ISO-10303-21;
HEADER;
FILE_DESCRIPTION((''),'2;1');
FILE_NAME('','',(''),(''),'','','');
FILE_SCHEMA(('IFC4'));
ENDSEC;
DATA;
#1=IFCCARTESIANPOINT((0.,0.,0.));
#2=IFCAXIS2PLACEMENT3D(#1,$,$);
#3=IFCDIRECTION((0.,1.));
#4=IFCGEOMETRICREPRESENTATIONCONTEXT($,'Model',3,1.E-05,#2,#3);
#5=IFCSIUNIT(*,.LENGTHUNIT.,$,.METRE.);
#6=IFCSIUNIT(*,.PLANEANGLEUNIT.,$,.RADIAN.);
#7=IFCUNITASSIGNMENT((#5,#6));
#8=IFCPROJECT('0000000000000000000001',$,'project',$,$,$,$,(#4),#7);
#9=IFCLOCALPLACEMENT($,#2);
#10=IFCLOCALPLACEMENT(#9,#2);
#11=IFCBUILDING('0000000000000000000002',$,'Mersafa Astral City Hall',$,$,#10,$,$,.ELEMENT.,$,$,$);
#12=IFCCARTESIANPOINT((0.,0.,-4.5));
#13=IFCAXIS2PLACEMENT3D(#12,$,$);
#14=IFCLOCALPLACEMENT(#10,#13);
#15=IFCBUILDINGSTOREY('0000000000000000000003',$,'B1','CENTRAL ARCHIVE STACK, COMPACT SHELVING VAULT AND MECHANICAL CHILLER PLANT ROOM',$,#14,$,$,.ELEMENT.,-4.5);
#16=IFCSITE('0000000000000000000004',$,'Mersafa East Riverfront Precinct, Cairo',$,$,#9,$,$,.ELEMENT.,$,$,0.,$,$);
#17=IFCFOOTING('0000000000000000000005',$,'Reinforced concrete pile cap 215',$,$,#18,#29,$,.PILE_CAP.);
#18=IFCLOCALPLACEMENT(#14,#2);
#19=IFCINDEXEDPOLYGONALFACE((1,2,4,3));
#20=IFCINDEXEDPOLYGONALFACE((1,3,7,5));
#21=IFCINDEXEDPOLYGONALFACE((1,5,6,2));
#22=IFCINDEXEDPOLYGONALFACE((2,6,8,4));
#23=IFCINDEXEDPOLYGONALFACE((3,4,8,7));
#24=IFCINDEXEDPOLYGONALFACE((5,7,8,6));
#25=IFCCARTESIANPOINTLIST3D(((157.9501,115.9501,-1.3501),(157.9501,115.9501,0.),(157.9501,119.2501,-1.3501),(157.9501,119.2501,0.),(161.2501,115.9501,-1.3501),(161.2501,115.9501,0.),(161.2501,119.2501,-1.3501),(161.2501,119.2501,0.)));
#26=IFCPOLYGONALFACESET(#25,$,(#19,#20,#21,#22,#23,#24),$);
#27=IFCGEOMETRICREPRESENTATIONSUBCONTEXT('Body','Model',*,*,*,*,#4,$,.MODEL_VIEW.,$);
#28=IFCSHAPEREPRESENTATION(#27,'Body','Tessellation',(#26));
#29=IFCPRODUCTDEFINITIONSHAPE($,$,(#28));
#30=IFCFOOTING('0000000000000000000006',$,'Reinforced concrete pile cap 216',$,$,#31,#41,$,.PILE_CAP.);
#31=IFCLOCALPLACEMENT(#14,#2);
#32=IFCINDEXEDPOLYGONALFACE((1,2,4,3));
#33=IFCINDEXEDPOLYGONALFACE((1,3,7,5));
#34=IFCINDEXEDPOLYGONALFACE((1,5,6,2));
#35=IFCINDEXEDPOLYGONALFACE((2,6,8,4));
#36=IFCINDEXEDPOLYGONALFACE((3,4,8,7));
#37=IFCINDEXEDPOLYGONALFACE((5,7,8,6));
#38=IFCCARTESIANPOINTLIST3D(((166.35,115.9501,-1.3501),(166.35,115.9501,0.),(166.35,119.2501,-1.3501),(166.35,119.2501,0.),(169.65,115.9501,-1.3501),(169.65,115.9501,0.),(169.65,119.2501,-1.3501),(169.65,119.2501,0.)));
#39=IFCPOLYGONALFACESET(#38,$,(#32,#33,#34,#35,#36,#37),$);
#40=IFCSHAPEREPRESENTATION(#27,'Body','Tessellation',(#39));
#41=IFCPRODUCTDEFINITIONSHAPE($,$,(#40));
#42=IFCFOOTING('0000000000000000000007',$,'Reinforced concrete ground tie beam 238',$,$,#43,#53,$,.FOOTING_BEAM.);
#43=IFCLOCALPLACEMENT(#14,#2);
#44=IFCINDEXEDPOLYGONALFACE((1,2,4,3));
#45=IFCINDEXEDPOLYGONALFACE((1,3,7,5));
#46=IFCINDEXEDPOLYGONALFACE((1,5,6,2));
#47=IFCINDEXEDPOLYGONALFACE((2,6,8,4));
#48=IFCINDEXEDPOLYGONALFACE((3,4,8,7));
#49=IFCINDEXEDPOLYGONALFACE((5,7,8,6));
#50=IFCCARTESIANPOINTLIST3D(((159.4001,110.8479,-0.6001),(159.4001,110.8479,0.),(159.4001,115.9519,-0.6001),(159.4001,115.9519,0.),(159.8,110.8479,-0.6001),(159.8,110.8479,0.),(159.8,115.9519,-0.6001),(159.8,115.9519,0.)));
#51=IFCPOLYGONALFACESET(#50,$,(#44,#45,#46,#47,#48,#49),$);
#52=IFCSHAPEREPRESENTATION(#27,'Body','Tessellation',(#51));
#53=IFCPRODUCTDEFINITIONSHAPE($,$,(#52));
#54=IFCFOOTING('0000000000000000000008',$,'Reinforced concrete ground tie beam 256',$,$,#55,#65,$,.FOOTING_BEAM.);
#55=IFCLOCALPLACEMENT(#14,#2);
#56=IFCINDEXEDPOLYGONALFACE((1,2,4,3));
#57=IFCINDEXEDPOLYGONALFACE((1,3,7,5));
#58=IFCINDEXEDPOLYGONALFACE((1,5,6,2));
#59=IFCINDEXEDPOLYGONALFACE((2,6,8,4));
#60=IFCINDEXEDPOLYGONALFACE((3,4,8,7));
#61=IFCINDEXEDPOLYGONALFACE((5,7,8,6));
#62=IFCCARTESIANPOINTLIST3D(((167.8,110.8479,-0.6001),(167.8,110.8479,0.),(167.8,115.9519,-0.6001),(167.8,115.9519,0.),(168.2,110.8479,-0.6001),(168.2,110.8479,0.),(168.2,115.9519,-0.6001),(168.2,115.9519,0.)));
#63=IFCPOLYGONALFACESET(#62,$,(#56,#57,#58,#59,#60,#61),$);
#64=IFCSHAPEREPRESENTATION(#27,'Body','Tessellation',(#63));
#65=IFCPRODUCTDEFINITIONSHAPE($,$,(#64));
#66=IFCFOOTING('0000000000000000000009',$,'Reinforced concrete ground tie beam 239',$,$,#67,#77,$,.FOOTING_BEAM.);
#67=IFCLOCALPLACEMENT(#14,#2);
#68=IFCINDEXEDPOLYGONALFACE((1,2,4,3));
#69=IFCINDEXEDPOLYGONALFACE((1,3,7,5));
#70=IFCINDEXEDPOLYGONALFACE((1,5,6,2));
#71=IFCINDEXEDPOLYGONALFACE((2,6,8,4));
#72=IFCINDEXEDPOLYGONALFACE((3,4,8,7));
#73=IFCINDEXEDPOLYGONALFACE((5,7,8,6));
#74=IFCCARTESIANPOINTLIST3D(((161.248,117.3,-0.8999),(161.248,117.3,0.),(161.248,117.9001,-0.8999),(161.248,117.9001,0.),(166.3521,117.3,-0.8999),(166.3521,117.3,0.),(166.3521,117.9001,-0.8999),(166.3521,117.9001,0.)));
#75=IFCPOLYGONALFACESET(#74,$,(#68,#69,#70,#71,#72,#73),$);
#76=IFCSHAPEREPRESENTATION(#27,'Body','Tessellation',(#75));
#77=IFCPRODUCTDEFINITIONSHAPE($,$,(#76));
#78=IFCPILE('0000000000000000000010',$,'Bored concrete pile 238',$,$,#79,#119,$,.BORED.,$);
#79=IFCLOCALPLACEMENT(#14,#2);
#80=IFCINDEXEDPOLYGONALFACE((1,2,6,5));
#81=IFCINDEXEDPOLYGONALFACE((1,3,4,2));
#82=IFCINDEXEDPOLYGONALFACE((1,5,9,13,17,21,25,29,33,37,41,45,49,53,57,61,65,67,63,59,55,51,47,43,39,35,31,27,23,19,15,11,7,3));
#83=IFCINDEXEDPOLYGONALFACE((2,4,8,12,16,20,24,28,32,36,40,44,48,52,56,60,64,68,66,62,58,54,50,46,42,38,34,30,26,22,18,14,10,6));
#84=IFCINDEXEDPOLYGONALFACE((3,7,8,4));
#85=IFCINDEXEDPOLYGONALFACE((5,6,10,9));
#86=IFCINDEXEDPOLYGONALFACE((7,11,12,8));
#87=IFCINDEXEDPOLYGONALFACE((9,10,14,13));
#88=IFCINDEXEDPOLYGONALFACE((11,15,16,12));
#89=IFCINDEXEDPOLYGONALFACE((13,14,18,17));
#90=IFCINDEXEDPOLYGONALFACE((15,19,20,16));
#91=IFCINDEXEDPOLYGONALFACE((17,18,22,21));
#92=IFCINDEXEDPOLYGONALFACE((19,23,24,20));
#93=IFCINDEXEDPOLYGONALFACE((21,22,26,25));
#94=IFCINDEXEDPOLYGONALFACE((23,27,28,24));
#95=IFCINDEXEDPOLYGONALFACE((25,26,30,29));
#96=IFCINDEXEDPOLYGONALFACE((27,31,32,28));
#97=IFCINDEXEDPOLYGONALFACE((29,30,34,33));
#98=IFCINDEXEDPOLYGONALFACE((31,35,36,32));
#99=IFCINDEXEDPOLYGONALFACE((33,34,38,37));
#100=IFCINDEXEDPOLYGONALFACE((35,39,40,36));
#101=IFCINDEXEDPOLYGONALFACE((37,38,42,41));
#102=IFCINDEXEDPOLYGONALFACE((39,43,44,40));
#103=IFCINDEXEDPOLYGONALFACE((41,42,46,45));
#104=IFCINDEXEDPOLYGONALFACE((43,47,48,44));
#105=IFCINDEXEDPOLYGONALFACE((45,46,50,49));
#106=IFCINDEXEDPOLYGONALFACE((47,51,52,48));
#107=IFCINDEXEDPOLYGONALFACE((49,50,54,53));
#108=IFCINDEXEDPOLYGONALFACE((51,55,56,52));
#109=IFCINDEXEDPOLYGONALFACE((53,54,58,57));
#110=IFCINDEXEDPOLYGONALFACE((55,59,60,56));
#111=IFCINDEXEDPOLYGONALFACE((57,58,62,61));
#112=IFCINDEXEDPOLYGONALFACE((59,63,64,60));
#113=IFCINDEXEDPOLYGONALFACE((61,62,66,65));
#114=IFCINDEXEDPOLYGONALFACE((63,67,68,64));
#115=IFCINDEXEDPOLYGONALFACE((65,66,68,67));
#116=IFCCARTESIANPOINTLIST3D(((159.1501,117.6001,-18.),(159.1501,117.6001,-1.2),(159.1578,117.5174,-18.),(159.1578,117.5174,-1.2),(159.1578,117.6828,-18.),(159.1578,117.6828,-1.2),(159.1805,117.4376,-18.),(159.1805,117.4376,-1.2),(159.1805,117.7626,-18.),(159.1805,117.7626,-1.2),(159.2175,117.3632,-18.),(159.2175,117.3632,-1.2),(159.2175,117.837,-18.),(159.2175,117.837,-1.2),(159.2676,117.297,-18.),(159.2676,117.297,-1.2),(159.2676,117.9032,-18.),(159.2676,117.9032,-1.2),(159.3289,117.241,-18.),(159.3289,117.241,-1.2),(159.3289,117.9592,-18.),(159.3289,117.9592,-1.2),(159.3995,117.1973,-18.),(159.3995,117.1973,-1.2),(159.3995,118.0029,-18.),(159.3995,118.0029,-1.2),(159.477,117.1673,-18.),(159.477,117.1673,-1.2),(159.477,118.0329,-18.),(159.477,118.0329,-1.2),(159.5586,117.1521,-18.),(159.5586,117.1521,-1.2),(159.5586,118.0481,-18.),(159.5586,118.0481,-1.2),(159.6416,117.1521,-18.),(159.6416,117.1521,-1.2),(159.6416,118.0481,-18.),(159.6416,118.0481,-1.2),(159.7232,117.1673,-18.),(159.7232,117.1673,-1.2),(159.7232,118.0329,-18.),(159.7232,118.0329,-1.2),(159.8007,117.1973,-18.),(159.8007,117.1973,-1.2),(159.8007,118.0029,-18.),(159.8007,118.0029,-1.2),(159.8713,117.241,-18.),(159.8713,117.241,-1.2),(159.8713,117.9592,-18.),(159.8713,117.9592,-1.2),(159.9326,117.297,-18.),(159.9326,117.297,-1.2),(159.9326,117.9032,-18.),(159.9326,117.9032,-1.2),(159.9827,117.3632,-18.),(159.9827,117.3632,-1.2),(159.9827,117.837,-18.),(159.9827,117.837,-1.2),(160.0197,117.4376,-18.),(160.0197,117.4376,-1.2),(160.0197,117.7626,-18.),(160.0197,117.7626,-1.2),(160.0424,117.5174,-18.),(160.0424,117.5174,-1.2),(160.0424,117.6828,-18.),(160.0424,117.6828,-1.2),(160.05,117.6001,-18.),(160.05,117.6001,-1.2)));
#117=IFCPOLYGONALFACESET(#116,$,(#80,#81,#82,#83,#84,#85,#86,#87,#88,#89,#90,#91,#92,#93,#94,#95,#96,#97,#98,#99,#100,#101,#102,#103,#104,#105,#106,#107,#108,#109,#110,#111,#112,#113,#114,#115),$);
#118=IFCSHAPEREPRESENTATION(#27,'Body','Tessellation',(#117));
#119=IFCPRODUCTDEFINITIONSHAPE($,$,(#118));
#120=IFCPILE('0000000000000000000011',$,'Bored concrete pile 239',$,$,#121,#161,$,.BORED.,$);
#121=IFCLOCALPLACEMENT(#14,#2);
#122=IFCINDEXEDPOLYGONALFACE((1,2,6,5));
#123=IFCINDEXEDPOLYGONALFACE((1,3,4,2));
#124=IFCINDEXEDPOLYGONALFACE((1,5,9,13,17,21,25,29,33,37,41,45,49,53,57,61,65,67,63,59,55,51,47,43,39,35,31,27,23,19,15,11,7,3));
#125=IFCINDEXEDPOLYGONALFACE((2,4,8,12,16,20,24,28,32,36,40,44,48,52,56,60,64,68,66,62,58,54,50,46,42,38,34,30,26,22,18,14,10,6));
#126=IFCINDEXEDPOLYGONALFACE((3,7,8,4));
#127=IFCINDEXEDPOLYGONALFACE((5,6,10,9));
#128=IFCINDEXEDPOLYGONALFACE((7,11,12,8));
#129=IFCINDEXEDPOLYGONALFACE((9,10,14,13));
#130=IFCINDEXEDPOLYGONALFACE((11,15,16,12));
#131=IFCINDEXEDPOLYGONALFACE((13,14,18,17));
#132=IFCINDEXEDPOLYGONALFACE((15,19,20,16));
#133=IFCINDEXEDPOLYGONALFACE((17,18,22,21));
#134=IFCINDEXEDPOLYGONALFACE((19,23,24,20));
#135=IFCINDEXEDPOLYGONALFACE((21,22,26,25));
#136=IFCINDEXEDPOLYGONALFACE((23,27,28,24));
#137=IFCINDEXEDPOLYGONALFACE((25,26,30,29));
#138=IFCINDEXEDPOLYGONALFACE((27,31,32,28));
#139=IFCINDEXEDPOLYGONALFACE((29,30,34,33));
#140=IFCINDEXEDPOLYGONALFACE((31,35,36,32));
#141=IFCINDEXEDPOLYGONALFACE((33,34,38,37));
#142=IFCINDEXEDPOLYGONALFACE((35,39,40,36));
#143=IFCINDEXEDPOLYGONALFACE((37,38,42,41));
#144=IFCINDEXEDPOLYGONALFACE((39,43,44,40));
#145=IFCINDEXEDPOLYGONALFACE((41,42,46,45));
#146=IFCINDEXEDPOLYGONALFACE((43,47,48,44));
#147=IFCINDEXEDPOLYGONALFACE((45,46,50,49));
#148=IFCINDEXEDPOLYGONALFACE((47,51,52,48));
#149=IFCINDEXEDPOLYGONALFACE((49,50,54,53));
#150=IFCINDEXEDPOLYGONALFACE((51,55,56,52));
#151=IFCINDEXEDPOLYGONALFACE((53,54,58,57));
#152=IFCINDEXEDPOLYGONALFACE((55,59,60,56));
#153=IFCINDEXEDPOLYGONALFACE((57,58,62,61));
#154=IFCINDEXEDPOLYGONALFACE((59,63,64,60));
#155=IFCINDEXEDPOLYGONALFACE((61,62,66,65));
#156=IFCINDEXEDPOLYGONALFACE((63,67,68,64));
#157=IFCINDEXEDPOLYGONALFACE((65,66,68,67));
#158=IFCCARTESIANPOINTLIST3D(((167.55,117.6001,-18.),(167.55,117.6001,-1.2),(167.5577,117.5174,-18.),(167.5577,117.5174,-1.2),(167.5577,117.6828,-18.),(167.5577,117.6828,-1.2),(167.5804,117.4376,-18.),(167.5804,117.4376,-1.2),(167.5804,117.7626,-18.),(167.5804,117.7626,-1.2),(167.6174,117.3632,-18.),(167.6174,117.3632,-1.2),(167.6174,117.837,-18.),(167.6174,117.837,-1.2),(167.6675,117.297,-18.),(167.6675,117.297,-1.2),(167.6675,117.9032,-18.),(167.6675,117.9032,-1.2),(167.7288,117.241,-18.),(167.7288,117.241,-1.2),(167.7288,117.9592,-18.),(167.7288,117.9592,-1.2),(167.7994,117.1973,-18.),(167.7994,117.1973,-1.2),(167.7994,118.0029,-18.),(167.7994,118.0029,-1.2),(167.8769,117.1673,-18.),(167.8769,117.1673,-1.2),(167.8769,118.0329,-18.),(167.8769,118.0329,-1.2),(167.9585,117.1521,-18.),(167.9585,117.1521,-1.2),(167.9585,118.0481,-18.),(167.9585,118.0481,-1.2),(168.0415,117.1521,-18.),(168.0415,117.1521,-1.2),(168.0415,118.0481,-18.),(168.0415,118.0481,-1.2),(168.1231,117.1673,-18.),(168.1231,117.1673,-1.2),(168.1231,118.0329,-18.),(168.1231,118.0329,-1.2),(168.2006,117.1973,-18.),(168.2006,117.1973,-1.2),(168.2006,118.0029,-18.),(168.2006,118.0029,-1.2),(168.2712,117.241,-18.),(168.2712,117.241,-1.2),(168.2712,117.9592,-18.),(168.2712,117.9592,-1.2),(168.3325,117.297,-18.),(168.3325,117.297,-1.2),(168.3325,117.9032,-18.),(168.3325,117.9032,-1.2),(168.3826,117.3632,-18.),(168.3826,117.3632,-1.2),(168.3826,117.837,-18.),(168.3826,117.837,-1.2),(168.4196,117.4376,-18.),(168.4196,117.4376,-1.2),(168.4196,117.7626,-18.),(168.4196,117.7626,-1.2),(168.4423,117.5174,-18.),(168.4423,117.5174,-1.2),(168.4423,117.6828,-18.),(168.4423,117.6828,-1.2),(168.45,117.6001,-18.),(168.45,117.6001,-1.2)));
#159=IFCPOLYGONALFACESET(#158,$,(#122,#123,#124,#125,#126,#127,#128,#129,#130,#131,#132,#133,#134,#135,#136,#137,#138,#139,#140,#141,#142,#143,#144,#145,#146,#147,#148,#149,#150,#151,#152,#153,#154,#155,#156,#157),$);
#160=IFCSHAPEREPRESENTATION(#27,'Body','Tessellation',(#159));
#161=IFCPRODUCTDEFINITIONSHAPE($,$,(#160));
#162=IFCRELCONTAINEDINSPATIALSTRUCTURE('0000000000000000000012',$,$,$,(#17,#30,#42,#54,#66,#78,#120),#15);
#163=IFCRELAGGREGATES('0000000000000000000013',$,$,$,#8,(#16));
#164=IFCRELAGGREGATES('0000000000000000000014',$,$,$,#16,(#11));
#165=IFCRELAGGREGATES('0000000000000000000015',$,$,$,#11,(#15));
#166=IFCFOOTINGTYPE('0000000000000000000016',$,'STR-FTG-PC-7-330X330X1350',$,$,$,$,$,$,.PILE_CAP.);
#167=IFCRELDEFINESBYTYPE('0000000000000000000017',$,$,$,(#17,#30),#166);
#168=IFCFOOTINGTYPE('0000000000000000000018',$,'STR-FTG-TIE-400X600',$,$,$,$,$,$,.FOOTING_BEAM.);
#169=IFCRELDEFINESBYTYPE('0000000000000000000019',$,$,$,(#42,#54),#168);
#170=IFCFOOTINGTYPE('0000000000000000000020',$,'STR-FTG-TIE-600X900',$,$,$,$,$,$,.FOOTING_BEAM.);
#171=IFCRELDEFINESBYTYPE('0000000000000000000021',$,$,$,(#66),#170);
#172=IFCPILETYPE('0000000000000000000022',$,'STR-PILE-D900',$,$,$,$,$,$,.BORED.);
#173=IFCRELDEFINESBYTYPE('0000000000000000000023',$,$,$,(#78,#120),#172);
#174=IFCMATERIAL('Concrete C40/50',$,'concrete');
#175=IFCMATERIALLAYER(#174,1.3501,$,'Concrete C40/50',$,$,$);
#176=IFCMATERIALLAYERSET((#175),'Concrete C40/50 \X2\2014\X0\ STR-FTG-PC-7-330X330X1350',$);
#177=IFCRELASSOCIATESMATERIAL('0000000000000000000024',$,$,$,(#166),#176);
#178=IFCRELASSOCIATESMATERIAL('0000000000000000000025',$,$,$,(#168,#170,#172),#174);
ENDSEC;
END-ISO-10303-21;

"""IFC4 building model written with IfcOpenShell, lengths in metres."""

from ifc_helpers import new_model, si_unit, direction, frame, origin, origin_2d, place, context, subcontext, project, spatial, rectangle, circle, extrude, material, layer, layer_set, material_profile, profile_set, type_object, element, save


model = new_model("IFC4")

# Units and contexts
model_context = context("Model", 3, precision=1e-05, world=origin(), true_north=direction((0.0, 1.0)))
body_context = subcontext(model_context, "Body", "Model", "MODEL_VIEW")
ifc_project = project(units=[si_unit("LENGTHUNIT", "METRE"), si_unit("PLANEANGLEUNIT", "RADIAN")], contexts=[model_context])

# Site, building, storey
site_placement = place(None, origin())
site = spatial("IfcSite", under=ifc_project, at=site_placement, Name="Mersafa East Riverfront Precinct, Cairo", CompositionType="ELEMENT", RefElevation=0.0)
building_placement = place(site_placement, origin())
building = spatial("IfcBuilding", under=site, at=building_placement, Name="Mersafa Astral City Hall", CompositionType="ELEMENT")
storey_placement = place(building_placement, frame((0.0, 0.0, -4.5)))
storey = spatial("IfcBuildingStorey", under=building, at=storey_placement, Name="B1", Description="CENTRAL ARCHIVE STACK, COMPACT SHELVING VAULT AND MECHANICAL CHILLER PLANT ROOM", CompositionType="ELEMENT", Elevation=-4.5)

# Footings
ifc_material_1 = material(Name="Concrete C40/50", Category="concrete")
ifc_layer_1 = layer(ifc_material_1, 1.3501, Name="Concrete C40/50")
ifc_layer_set_1 = layer_set([ifc_layer_1], Name="Concrete C40/50 — STR-FTG-PC-7-330X330X1350")
footing_type_1 = type_object("IfcFootingType", Name="STR-FTG-PC-7-330X330X1350", PredefinedType="PILE_CAP", material=ifc_layer_set_1)
for number, where, z_axis, x_axis, name in (
    (1, (159.6001, 117.6001, -1.3501), (0.0, 0.0, 1.0), (1.0, 0.0, 0.0), "Reinforced concrete pile cap 215"),
    (2, (168.0, 117.6001, -1.3501), (0.0, 0.0, 1.0), (1.0, 0.0, 0.0), "Reinforced concrete pile cap 216"),
):
    element("IfcFooting", number, at=place(storey_placement, frame(where, z_axis=z_axis, x_axis=x_axis)), inside=storey, type_object=footing_type_1, Name=name, PredefinedType="PILE_CAP", context=body_context, shape_type="SweptSolid", body=[
        extrude(rectangle(XDim=3.3, YDim=3.3, at=origin_2d()), origin(), (0.0, 0.0, 1.0), 1.3501),
    ])
ifc_material_profile_1 = material_profile(ifc_material_1, rectangle(XDim=0.3999, YDim=0.6001, at=origin_2d()), Name="RC 400x600")
ifc_profile_set_1 = profile_set([ifc_material_profile_1], Name="Concrete C40/50")
footing_type_2 = type_object("IfcFootingType", Name="STR-FTG-TIE-400X600", PredefinedType="FOOTING_BEAM", material=ifc_profile_set_1)
for number, where, z_axis, x_axis, name in (
    (3, (159.6001, 110.8479, -0.3), (0.0, 1.0, 0.0), (-1.0, 0.0, 0.0), "Reinforced concrete ground tie beam 238"),
    (4, (168.0, 110.8479, -0.3), (0.0, 1.0, 0.0), (-1.0, 0.0, 0.0), "Reinforced concrete ground tie beam 256"),
):
    element("IfcFooting", number, at=place(storey_placement, frame(where, z_axis=z_axis, x_axis=x_axis)), inside=storey, type_object=footing_type_2, Name=name, PredefinedType="FOOTING_BEAM", context=body_context, shape_type="SweptSolid", body=[
        extrude(rectangle(XDim=0.3999, YDim=0.6001, at=origin_2d()), origin(), (0.0, 0.0, 1.0), 5.104),
    ])
ifc_material_profile_2 = material_profile(ifc_material_1, rectangle(XDim=0.6001, YDim=0.8999, at=origin_2d()), Name="RC 600x900")
ifc_profile_set_2 = profile_set([ifc_material_profile_2], Name="Concrete C40/50")
footing_type_3 = type_object("IfcFootingType", Name="STR-FTG-TIE-600X900", PredefinedType="FOOTING_BEAM", material=ifc_profile_set_2)
footing_placement = place(storey_placement, frame((161.248, 117.6001, -0.45), z_axis=(1.0, 0.0, 0.0), x_axis=(0.0, 1.0, 0.0)))
element("IfcFooting", 5, at=footing_placement, inside=storey, type_object=footing_type_3, Name="Reinforced concrete ground tie beam 239", PredefinedType="FOOTING_BEAM", context=body_context, shape_type="SweptSolid", body=[
    extrude(rectangle(XDim=0.6001, YDim=0.8999, at=origin_2d()), origin(), (0.0, 0.0, 1.0), 5.104),
])

# Piles
ifc_material_profile_3 = material_profile(ifc_material_1, circle(Radius=0.45, at=origin_2d()), Name="PILE D900")
ifc_profile_set_3 = profile_set([ifc_material_profile_3], Name="Concrete C40/50")
pile_type = type_object("IfcPileType", Name="STR-PILE-D900", PredefinedType="BORED", material=ifc_profile_set_3)
for number, where, z_axis, x_axis, name in (
    (6, (159.6001, 117.6001, -1.2), (0.0, 0.0, -1.0), (1.0, 0.0, 0.0), "Bored concrete pile 238"),
    (7, (168.0, 117.6001, -1.2), (0.0, 0.0, -1.0), (1.0, 0.0, 0.0), "Bored concrete pile 239"),
):
    element("IfcPile", number, at=place(storey_placement, frame(where, z_axis=z_axis, x_axis=x_axis)), inside=storey, type_object=pile_type, Name=name, PredefinedType="BORED", context=body_context, shape_type="SweptSolid", body=[
        extrude(circle(Radius=0.45, at=origin_2d()), origin(), (0.0, 0.0, 1.0), 16.8),
    ])

save(model, "model.ifc")
